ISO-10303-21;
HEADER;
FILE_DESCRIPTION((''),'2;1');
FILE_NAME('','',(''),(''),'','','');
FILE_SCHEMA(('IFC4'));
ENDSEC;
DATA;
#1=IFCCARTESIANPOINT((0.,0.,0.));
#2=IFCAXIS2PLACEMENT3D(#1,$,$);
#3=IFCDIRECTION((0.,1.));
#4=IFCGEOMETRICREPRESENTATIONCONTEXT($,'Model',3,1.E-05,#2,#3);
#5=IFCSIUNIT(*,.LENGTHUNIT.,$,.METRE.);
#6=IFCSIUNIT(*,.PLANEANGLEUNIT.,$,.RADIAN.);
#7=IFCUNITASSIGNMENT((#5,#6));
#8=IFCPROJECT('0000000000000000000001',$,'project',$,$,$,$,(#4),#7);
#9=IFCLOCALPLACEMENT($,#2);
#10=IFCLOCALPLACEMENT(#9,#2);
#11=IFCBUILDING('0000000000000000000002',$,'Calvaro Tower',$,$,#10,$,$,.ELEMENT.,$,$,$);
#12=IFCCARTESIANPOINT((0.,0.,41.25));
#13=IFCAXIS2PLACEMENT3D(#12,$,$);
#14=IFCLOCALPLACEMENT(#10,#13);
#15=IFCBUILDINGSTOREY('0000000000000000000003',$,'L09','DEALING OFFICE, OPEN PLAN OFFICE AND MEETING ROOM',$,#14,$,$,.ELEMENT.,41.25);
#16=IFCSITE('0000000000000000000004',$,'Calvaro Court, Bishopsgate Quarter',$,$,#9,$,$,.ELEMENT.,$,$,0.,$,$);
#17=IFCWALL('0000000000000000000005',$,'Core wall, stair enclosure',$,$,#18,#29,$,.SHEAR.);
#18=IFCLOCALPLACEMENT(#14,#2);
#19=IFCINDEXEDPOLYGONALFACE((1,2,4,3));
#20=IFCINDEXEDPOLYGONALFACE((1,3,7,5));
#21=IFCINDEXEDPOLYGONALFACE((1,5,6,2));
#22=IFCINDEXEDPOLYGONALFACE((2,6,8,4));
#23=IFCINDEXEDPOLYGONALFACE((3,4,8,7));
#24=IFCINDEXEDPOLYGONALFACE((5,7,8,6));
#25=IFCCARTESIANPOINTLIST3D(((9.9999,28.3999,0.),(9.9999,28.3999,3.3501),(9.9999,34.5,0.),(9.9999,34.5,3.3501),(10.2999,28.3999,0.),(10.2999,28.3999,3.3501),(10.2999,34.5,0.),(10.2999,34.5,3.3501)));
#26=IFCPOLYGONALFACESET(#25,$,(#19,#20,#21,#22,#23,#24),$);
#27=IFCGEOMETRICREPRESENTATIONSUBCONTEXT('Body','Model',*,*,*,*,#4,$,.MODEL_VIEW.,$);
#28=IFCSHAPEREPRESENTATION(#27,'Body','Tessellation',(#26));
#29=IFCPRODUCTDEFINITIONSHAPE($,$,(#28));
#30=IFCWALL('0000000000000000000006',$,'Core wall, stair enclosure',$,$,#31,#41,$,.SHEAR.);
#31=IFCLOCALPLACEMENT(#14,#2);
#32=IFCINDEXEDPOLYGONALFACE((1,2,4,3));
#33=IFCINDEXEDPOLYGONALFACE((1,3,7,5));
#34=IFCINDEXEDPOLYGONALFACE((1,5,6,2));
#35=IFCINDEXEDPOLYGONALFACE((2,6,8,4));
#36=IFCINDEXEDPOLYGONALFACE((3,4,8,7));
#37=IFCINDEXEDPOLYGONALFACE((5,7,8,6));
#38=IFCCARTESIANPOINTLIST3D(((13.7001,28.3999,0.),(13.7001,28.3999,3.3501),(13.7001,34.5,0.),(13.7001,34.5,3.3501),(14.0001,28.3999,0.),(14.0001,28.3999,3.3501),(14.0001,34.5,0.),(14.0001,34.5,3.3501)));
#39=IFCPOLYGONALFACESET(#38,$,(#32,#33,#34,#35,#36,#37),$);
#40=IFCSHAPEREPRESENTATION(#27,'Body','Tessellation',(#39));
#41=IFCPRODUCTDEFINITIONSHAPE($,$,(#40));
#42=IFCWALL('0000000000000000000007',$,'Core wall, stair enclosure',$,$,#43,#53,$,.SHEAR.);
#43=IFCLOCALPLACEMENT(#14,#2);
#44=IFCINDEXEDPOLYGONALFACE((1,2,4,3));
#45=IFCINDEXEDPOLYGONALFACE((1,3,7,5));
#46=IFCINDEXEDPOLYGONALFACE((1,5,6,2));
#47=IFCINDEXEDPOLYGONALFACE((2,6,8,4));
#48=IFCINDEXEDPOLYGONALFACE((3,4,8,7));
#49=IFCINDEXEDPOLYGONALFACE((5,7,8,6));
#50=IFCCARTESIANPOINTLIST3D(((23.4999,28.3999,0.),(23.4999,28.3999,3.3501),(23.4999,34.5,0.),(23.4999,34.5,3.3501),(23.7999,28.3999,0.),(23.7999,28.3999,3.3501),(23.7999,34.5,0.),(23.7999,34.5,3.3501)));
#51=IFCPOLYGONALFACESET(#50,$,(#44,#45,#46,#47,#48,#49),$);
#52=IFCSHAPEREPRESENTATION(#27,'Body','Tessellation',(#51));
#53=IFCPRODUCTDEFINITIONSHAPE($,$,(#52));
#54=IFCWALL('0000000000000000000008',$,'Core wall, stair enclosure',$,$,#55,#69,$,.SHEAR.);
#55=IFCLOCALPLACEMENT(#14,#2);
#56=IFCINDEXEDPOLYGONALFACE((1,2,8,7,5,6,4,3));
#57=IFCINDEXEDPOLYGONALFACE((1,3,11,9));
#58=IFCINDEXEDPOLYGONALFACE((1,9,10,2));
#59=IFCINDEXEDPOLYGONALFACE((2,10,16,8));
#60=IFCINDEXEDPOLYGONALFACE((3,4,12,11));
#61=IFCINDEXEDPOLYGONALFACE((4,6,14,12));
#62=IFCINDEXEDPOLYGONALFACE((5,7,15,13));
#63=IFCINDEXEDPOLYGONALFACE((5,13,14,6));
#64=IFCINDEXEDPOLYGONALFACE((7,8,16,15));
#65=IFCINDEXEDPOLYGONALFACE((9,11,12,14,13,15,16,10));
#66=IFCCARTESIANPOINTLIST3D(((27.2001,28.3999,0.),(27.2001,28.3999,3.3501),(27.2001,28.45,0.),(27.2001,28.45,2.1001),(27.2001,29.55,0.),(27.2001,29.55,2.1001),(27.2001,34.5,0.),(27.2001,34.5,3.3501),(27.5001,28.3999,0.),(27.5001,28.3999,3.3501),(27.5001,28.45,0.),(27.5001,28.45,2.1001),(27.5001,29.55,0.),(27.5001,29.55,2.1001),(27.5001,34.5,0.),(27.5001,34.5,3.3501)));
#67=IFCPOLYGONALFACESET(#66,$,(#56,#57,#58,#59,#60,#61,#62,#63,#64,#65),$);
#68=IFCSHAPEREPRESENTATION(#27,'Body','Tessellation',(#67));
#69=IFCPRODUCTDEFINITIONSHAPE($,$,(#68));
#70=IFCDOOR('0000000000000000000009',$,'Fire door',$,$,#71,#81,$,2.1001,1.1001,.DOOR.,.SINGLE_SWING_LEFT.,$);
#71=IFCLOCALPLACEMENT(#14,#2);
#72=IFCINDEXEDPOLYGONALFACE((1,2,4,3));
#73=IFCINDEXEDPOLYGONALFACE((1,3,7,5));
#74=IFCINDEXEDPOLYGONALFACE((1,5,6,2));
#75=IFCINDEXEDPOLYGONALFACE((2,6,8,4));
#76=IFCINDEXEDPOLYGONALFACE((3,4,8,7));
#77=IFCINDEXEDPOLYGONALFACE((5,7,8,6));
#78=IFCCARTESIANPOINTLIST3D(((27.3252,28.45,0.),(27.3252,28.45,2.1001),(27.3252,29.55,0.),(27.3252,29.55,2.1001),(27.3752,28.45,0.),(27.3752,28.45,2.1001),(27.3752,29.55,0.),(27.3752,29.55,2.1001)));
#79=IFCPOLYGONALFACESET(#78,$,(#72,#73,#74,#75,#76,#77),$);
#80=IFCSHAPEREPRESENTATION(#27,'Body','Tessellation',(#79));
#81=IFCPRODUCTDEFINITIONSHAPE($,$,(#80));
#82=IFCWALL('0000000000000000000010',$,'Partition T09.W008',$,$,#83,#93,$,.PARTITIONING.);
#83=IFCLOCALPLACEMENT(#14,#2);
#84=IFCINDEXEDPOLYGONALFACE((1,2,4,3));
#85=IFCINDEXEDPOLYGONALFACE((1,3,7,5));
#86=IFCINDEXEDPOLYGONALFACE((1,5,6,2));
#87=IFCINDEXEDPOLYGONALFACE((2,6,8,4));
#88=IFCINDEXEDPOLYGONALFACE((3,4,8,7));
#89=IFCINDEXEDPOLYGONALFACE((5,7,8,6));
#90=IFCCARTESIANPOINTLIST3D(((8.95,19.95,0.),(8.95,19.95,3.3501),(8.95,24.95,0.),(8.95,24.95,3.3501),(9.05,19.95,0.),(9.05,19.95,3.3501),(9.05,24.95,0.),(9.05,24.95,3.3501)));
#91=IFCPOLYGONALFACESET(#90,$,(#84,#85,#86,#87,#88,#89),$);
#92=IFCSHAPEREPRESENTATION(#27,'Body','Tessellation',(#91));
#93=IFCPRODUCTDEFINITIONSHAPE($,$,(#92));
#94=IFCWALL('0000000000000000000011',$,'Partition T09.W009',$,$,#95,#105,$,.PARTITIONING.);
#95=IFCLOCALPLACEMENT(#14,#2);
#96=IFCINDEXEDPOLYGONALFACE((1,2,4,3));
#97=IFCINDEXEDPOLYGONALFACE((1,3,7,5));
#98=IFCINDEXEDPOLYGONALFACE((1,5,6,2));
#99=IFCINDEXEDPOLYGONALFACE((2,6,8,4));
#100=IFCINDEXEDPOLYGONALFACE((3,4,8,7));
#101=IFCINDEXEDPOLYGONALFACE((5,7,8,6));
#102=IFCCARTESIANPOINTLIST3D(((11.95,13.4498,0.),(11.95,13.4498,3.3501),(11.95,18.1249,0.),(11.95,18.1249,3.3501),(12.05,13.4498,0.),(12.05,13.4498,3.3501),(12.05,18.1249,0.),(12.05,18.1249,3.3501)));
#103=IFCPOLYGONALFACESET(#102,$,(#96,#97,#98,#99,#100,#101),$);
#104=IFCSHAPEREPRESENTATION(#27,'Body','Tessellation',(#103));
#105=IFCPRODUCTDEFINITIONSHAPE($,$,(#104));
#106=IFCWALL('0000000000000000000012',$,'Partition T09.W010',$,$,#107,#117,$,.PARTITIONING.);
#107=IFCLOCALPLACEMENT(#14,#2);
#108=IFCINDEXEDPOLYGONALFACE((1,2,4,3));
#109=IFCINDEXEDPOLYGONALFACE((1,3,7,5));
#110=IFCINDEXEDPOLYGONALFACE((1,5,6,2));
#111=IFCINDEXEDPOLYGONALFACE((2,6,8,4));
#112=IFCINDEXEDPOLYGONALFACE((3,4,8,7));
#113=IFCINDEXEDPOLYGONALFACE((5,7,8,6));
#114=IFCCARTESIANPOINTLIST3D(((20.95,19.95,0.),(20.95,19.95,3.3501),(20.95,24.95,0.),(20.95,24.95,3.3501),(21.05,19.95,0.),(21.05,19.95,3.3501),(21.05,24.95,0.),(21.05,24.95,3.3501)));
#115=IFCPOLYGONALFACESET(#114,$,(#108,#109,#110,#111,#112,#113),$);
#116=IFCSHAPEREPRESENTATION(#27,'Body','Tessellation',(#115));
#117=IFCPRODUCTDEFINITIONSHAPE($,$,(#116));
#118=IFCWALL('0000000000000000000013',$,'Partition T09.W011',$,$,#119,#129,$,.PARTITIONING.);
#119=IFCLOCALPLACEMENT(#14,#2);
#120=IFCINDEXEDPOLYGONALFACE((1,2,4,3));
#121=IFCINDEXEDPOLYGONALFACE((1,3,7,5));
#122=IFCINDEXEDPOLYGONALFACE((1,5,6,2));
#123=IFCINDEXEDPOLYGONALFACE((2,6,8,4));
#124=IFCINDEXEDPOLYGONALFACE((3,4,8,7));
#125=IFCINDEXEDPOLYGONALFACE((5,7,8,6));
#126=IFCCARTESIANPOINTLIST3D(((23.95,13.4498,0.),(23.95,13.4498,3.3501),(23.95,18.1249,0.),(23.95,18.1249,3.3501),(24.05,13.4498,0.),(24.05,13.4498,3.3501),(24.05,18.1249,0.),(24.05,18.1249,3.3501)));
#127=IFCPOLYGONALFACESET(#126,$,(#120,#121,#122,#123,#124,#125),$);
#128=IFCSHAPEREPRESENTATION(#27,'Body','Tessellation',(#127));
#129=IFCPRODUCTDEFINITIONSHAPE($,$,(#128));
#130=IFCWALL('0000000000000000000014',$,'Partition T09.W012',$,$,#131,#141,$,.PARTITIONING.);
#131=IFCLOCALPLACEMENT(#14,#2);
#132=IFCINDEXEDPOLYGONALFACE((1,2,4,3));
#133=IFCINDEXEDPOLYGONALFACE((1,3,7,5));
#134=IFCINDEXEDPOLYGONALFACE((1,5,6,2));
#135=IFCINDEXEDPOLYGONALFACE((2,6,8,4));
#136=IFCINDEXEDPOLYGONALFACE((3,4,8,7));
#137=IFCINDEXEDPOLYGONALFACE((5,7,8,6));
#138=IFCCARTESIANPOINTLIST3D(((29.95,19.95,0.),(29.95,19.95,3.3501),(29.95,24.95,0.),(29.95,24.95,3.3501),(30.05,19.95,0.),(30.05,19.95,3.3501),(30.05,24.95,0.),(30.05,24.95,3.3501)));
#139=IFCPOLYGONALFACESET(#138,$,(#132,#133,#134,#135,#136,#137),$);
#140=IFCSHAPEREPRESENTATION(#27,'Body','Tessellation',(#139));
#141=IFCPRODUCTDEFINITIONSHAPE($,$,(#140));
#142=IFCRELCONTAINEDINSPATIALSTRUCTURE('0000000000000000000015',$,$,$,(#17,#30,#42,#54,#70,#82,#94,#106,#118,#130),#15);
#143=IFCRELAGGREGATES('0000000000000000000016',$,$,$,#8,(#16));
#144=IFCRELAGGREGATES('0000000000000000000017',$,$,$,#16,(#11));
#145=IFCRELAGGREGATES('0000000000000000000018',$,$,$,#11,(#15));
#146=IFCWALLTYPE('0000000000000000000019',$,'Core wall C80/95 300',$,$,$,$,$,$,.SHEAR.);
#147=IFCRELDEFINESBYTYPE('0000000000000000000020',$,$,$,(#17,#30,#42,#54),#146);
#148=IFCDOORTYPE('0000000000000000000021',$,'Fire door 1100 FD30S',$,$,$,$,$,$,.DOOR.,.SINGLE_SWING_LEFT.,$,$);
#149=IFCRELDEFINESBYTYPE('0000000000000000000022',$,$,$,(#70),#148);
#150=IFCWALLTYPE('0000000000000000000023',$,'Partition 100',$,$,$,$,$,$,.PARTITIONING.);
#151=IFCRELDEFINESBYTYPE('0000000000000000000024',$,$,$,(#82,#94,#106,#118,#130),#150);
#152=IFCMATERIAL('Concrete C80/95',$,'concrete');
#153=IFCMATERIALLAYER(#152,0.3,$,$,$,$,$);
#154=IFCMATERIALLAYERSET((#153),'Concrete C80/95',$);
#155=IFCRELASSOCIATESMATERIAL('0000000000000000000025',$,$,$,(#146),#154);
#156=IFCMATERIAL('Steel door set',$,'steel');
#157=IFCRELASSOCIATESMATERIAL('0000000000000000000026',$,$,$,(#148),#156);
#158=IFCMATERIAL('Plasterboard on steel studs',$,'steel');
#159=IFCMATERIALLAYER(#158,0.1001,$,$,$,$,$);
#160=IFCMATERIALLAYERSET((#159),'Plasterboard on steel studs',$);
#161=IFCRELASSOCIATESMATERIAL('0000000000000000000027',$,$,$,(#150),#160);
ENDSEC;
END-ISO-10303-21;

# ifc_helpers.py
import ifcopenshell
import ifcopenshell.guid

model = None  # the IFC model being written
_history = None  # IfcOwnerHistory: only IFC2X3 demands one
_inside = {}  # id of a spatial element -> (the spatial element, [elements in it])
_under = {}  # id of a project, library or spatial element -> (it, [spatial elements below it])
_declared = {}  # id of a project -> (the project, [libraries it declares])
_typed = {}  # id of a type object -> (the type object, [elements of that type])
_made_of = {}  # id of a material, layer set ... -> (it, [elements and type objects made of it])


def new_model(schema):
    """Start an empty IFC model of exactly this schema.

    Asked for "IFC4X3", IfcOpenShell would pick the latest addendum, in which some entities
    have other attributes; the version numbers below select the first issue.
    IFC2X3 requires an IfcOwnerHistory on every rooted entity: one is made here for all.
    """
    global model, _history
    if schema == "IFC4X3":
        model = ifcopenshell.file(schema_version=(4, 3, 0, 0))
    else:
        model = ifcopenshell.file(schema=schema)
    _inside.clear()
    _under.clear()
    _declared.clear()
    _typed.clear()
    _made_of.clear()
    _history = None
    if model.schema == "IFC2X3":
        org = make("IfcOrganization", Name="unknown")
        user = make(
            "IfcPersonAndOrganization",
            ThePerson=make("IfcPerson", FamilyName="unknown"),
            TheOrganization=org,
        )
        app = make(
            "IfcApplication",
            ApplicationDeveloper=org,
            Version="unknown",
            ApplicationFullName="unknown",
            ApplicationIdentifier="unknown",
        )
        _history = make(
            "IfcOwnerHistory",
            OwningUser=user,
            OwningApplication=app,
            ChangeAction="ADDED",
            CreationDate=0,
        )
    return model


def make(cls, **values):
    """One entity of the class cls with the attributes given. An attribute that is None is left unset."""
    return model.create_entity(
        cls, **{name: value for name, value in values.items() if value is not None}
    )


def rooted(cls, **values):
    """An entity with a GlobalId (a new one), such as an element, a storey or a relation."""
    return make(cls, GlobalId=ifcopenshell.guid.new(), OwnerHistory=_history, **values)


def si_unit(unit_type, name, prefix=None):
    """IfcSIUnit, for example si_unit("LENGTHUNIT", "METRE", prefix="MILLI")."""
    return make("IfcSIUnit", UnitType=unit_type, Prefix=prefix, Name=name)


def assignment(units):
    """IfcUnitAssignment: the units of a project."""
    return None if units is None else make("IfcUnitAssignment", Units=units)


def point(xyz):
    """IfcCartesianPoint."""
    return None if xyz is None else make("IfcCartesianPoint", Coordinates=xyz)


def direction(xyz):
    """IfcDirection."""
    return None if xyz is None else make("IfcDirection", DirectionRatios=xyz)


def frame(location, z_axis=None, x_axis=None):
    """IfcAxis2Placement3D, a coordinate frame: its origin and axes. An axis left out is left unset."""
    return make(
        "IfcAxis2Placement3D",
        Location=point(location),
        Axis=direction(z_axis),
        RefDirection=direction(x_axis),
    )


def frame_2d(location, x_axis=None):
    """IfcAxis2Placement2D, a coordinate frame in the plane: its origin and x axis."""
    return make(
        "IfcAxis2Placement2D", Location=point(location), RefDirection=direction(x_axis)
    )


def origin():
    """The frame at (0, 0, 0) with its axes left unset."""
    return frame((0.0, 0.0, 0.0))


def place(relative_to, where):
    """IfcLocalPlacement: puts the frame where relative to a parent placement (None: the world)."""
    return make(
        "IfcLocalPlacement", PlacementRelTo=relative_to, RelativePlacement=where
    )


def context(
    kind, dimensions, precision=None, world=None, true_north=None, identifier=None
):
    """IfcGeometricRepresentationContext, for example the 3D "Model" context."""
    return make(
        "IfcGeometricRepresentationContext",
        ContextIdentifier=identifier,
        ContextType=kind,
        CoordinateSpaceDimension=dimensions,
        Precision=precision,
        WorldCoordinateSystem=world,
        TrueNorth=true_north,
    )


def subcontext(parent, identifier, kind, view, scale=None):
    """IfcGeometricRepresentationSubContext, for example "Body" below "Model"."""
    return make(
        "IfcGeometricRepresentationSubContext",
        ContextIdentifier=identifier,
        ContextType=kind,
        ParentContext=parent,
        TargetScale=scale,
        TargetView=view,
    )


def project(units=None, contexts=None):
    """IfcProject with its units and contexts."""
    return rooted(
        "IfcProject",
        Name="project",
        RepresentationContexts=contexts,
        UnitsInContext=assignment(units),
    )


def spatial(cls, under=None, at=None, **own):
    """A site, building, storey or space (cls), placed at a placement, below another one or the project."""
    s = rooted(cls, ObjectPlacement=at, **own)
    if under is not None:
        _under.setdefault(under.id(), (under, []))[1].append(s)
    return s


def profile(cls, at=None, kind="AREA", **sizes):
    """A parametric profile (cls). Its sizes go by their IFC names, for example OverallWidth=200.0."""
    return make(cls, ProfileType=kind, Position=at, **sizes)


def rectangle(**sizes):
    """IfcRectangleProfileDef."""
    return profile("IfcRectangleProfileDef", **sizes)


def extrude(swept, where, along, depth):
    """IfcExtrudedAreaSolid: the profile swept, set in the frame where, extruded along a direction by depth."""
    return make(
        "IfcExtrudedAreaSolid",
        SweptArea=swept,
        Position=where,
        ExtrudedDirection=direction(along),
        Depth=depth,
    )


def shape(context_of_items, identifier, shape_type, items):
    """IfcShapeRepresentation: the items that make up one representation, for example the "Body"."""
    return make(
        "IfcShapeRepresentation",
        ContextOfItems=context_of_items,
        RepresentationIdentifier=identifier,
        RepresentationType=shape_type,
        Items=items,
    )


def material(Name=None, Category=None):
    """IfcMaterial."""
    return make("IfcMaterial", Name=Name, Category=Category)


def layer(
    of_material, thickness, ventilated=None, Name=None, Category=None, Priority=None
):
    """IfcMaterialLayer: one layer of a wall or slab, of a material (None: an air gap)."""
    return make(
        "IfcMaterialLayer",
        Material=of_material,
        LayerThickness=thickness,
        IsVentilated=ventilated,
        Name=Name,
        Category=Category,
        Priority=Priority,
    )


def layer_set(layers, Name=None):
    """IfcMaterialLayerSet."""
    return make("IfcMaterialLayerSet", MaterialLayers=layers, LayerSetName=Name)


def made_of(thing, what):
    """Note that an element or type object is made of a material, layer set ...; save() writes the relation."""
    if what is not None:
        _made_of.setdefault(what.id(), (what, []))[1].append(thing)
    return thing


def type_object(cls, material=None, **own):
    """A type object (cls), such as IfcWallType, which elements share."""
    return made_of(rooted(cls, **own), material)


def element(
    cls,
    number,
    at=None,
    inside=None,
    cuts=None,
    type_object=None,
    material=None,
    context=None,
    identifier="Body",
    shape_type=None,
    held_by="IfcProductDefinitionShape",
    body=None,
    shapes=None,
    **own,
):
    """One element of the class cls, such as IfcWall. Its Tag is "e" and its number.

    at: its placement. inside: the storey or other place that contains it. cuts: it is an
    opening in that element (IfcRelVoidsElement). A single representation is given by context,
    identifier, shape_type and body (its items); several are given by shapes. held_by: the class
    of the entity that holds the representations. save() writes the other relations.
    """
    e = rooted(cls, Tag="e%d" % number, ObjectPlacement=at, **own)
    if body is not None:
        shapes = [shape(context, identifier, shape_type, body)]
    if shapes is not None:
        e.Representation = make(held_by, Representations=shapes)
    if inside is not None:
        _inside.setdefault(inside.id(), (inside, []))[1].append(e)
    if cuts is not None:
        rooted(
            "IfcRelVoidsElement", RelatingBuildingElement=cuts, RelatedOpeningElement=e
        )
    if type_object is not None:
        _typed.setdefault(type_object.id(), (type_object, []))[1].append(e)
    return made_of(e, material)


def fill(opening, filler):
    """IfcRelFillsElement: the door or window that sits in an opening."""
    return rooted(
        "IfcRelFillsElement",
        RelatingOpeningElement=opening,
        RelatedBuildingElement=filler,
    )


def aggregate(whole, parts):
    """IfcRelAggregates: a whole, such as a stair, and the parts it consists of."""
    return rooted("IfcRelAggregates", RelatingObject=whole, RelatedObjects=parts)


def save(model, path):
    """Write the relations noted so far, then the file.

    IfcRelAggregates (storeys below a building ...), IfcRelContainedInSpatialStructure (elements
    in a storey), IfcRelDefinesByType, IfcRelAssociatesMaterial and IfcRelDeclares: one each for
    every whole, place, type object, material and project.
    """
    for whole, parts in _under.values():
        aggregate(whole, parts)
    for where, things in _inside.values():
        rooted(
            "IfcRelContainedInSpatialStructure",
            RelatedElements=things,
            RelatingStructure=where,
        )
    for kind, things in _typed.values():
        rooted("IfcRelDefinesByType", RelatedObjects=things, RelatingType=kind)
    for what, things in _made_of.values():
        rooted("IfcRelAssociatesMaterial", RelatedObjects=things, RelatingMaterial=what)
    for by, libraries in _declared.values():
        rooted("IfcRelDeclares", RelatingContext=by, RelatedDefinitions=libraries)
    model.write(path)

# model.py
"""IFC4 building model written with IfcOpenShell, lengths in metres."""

from ifc_helpers import new_model, si_unit, direction, frame, frame_2d, origin, place, context, subcontext, project, spatial, rectangle, extrude, material, layer, layer_set, type_object, element, fill, save


model = new_model("IFC4")

# Units and contexts
model_context = context("Model", 3, precision=1e-05, world=origin(), true_north=direction((0.0, 1.0)))
body_context = subcontext(model_context, "Body", "Model", "MODEL_VIEW")
ifc_project = project(units=[si_unit("LENGTHUNIT", "METRE"), si_unit("PLANEANGLEUNIT", "RADIAN")], contexts=[model_context])

# Site, building, storey
site_placement = place(None, origin())
site = spatial("IfcSite", under=ifc_project, at=site_placement, Name="Calvaro Court, Bishopsgate Quarter", CompositionType="ELEMENT", RefElevation=0.0)
building_placement = place(site_placement, origin())
building = spatial("IfcBuilding", under=site, at=building_placement, Name="Calvaro Tower", CompositionType="ELEMENT")
storey_placement = place(building_placement, frame((0.0, 0.0, 41.25)))
storey = spatial("IfcBuildingStorey", under=building, at=storey_placement, Name="L09", Description="DEALING OFFICE, OPEN PLAN OFFICE AND MEETING ROOM", CompositionType="ELEMENT", Elevation=41.25)

# Walls
ifc_material_1 = material(Name="Concrete C80/95", Category="concrete")
ifc_layer_1 = layer(ifc_material_1, 0.3)
ifc_layer_set_1 = layer_set([ifc_layer_1], Name="Concrete C80/95")
wall_type_1 = type_object("IfcWallType", Name="Core wall C80/95 300", PredefinedType="SHEAR", material=ifc_layer_set_1)
for number, where, z_axis, x_axis, name in (
    (1, (10.1499, 28.3999, 0.0), (0.0, 0.0, 1.0), (0.0, 1.0, 0.0), "Core wall, stair enclosure"),
    (2, (13.8501, 28.3999, 0.0), (0.0, 0.0, 1.0), (0.0, 1.0, 0.0), "Core wall, stair enclosure"),
    (3, (23.6499, 28.3999, 0.0), (0.0, 0.0, 1.0), (0.0, 1.0, 0.0), "Core wall, stair enclosure"),
):
    element("IfcWall", number, at=place(storey_placement, frame(where, z_axis=z_axis, x_axis=x_axis)), inside=storey, type_object=wall_type_1, Name=name, PredefinedType="SHEAR", context=body_context, shape_type="SweptSolid", body=[
        extrude(rectangle(XDim=6.1001, YDim=0.3, at=frame_2d((3.05, 0.0))), origin(), (0.0, 0.0, 1.0), 3.3501),
    ])

# Wall, opening, door
wall_1_placement = place(storey_placement, frame((27.3501, 28.3999, 0.0), z_axis=(0.0, 0.0, 1.0), x_axis=(0.0, 1.0, 0.0)))
wall_1 = element("IfcWall", 4, at=wall_1_placement, inside=storey, type_object=wall_type_1, Name="Core wall, stair enclosure", PredefinedType="SHEAR", context=body_context, shape_type="SweptSolid", body=[
    extrude(rectangle(XDim=6.1001, YDim=0.3, at=frame_2d((3.05, 0.0))), origin(), (0.0, 0.0, 1.0), 3.3501),
])
opening_1_placement = place(wall_1_placement, frame((0.05, 0.0, 0.0)))
opening_1 = element("IfcOpeningElement", 5, at=opening_1_placement, cuts=wall_1, PredefinedType="OPENING", context=body_context, shape_type="SweptSolid", body=[
    extrude(rectangle(XDim=1.1001, YDim=2.1001, at=frame_2d((0.55, 1.05))), frame((0.0, 0.1599, 0.0), z_axis=(0.0, -1.0, 0.0), x_axis=(1.0, 0.0, 0.0)), (0.0, 0.0, 1.0), 0.3201),
])
ifc_material_2 = material(Name="Steel door set", Category="steel")
door_type_1 = type_object("IfcDoorType", Name="Fire door 1100 FD30S", OperationType="SINGLE_SWING_LEFT", PredefinedType="DOOR", material=ifc_material_2)
door_1_placement = place(opening_1_placement, origin())
door_1 = element("IfcDoor", 6, at=door_1_placement, inside=storey, type_object=door_type_1, Name="Fire door", OperationType="SINGLE_SWING_LEFT", OverallHeight=2.1001, OverallWidth=1.1001, PredefinedType="DOOR", context=body_context, shape_type="SweptSolid", body=[
    extrude(rectangle(XDim=1.1001, YDim=2.1001, at=frame_2d((0.55, 1.05))), frame((0.0, 0.0249, 0.0), z_axis=(0.0, -1.0, 0.0), x_axis=(1.0, 0.0, 0.0)), (0.0, 0.0, 1.0), 0.05),
])
fill(opening_1, door_1)

# Walls
ifc_material_3 = material(Name="Plasterboard on steel studs", Category="steel")
ifc_layer_2 = layer(ifc_material_3, 0.1001)
ifc_layer_set_2 = layer_set([ifc_layer_2], Name="Plasterboard on steel studs")
wall_type_2 = type_object("IfcWallType", Name="Partition 100", PredefinedType="PARTITIONING", material=ifc_layer_set_2)
wall_2_placement = place(storey_placement, frame((9.0, 19.95, 0.0), z_axis=(0.0, 0.0, 1.0), x_axis=(0.0, 1.0, 0.0)))
element("IfcWall", 7, at=wall_2_placement, inside=storey, type_object=wall_type_2, Name="Partition T09.W008", PredefinedType="PARTITIONING", context=body_context, shape_type="SweptSolid", body=[
    extrude(rectangle(XDim=5.0, YDim=0.1001, at=frame_2d((2.5, 0.0))), origin(), (0.0, 0.0, 1.0), 3.3501),
])
wall_3_placement = place(storey_placement, frame((12.0, 13.45, 0.0), z_axis=(0.0, 0.0, 1.0), x_axis=(0.0, 1.0, 0.0)))
element("IfcWall", 8, at=wall_3_placement, inside=storey, type_object=wall_type_2, Name="Partition T09.W009", PredefinedType="PARTITIONING", context=body_context, shape_type="SweptSolid", body=[
    extrude(rectangle(XDim=4.675, YDim=0.1001, at=frame_2d((2.3374, 0.0))), origin(), (0.0, 0.0, 1.0), 3.3501),
])
wall_4_placement = place(storey_placement, frame((21.0, 19.95, 0.0), z_axis=(0.0, 0.0, 1.0), x_axis=(0.0, 1.0, 0.0)))
element("IfcWall", 9, at=wall_4_placement, inside=storey, type_object=wall_type_2, Name="Partition T09.W010", PredefinedType="PARTITIONING", context=body_context, shape_type="SweptSolid", body=[
    extrude(rectangle(XDim=5.0, YDim=0.1001, at=frame_2d((2.5, 0.0))), origin(), (0.0, 0.0, 1.0), 3.3501),
])
wall_5_placement = place(storey_placement, frame((24.0, 13.45, 0.0), z_axis=(0.0, 0.0, 1.0), x_axis=(0.0, 1.0, 0.0)))
element("IfcWall", 10, at=wall_5_placement, inside=storey, type_object=wall_type_2, Name="Partition T09.W011", PredefinedType="PARTITIONING", context=body_context, shape_type="SweptSolid", body=[
    extrude(rectangle(XDim=4.675, YDim=0.1001, at=frame_2d((2.3374, 0.0))), origin(), (0.0, 0.0, 1.0), 3.3501),
])
wall_6_placement = place(storey_placement, frame((30.0, 19.95, 0.0), z_axis=(0.0, 0.0, 1.0), x_axis=(0.0, 1.0, 0.0)))
element("IfcWall", 11, at=wall_6_placement, inside=storey, type_object=wall_type_2, Name="Partition T09.W012", PredefinedType="PARTITIONING", context=body_context, shape_type="SweptSolid", body=[
    extrude(rectangle(XDim=5.0, YDim=0.1001, at=frame_2d((2.5, 0.0))), origin(), (0.0, 0.0, 1.0), 3.3501),
])

save(model, "model.ifc")
